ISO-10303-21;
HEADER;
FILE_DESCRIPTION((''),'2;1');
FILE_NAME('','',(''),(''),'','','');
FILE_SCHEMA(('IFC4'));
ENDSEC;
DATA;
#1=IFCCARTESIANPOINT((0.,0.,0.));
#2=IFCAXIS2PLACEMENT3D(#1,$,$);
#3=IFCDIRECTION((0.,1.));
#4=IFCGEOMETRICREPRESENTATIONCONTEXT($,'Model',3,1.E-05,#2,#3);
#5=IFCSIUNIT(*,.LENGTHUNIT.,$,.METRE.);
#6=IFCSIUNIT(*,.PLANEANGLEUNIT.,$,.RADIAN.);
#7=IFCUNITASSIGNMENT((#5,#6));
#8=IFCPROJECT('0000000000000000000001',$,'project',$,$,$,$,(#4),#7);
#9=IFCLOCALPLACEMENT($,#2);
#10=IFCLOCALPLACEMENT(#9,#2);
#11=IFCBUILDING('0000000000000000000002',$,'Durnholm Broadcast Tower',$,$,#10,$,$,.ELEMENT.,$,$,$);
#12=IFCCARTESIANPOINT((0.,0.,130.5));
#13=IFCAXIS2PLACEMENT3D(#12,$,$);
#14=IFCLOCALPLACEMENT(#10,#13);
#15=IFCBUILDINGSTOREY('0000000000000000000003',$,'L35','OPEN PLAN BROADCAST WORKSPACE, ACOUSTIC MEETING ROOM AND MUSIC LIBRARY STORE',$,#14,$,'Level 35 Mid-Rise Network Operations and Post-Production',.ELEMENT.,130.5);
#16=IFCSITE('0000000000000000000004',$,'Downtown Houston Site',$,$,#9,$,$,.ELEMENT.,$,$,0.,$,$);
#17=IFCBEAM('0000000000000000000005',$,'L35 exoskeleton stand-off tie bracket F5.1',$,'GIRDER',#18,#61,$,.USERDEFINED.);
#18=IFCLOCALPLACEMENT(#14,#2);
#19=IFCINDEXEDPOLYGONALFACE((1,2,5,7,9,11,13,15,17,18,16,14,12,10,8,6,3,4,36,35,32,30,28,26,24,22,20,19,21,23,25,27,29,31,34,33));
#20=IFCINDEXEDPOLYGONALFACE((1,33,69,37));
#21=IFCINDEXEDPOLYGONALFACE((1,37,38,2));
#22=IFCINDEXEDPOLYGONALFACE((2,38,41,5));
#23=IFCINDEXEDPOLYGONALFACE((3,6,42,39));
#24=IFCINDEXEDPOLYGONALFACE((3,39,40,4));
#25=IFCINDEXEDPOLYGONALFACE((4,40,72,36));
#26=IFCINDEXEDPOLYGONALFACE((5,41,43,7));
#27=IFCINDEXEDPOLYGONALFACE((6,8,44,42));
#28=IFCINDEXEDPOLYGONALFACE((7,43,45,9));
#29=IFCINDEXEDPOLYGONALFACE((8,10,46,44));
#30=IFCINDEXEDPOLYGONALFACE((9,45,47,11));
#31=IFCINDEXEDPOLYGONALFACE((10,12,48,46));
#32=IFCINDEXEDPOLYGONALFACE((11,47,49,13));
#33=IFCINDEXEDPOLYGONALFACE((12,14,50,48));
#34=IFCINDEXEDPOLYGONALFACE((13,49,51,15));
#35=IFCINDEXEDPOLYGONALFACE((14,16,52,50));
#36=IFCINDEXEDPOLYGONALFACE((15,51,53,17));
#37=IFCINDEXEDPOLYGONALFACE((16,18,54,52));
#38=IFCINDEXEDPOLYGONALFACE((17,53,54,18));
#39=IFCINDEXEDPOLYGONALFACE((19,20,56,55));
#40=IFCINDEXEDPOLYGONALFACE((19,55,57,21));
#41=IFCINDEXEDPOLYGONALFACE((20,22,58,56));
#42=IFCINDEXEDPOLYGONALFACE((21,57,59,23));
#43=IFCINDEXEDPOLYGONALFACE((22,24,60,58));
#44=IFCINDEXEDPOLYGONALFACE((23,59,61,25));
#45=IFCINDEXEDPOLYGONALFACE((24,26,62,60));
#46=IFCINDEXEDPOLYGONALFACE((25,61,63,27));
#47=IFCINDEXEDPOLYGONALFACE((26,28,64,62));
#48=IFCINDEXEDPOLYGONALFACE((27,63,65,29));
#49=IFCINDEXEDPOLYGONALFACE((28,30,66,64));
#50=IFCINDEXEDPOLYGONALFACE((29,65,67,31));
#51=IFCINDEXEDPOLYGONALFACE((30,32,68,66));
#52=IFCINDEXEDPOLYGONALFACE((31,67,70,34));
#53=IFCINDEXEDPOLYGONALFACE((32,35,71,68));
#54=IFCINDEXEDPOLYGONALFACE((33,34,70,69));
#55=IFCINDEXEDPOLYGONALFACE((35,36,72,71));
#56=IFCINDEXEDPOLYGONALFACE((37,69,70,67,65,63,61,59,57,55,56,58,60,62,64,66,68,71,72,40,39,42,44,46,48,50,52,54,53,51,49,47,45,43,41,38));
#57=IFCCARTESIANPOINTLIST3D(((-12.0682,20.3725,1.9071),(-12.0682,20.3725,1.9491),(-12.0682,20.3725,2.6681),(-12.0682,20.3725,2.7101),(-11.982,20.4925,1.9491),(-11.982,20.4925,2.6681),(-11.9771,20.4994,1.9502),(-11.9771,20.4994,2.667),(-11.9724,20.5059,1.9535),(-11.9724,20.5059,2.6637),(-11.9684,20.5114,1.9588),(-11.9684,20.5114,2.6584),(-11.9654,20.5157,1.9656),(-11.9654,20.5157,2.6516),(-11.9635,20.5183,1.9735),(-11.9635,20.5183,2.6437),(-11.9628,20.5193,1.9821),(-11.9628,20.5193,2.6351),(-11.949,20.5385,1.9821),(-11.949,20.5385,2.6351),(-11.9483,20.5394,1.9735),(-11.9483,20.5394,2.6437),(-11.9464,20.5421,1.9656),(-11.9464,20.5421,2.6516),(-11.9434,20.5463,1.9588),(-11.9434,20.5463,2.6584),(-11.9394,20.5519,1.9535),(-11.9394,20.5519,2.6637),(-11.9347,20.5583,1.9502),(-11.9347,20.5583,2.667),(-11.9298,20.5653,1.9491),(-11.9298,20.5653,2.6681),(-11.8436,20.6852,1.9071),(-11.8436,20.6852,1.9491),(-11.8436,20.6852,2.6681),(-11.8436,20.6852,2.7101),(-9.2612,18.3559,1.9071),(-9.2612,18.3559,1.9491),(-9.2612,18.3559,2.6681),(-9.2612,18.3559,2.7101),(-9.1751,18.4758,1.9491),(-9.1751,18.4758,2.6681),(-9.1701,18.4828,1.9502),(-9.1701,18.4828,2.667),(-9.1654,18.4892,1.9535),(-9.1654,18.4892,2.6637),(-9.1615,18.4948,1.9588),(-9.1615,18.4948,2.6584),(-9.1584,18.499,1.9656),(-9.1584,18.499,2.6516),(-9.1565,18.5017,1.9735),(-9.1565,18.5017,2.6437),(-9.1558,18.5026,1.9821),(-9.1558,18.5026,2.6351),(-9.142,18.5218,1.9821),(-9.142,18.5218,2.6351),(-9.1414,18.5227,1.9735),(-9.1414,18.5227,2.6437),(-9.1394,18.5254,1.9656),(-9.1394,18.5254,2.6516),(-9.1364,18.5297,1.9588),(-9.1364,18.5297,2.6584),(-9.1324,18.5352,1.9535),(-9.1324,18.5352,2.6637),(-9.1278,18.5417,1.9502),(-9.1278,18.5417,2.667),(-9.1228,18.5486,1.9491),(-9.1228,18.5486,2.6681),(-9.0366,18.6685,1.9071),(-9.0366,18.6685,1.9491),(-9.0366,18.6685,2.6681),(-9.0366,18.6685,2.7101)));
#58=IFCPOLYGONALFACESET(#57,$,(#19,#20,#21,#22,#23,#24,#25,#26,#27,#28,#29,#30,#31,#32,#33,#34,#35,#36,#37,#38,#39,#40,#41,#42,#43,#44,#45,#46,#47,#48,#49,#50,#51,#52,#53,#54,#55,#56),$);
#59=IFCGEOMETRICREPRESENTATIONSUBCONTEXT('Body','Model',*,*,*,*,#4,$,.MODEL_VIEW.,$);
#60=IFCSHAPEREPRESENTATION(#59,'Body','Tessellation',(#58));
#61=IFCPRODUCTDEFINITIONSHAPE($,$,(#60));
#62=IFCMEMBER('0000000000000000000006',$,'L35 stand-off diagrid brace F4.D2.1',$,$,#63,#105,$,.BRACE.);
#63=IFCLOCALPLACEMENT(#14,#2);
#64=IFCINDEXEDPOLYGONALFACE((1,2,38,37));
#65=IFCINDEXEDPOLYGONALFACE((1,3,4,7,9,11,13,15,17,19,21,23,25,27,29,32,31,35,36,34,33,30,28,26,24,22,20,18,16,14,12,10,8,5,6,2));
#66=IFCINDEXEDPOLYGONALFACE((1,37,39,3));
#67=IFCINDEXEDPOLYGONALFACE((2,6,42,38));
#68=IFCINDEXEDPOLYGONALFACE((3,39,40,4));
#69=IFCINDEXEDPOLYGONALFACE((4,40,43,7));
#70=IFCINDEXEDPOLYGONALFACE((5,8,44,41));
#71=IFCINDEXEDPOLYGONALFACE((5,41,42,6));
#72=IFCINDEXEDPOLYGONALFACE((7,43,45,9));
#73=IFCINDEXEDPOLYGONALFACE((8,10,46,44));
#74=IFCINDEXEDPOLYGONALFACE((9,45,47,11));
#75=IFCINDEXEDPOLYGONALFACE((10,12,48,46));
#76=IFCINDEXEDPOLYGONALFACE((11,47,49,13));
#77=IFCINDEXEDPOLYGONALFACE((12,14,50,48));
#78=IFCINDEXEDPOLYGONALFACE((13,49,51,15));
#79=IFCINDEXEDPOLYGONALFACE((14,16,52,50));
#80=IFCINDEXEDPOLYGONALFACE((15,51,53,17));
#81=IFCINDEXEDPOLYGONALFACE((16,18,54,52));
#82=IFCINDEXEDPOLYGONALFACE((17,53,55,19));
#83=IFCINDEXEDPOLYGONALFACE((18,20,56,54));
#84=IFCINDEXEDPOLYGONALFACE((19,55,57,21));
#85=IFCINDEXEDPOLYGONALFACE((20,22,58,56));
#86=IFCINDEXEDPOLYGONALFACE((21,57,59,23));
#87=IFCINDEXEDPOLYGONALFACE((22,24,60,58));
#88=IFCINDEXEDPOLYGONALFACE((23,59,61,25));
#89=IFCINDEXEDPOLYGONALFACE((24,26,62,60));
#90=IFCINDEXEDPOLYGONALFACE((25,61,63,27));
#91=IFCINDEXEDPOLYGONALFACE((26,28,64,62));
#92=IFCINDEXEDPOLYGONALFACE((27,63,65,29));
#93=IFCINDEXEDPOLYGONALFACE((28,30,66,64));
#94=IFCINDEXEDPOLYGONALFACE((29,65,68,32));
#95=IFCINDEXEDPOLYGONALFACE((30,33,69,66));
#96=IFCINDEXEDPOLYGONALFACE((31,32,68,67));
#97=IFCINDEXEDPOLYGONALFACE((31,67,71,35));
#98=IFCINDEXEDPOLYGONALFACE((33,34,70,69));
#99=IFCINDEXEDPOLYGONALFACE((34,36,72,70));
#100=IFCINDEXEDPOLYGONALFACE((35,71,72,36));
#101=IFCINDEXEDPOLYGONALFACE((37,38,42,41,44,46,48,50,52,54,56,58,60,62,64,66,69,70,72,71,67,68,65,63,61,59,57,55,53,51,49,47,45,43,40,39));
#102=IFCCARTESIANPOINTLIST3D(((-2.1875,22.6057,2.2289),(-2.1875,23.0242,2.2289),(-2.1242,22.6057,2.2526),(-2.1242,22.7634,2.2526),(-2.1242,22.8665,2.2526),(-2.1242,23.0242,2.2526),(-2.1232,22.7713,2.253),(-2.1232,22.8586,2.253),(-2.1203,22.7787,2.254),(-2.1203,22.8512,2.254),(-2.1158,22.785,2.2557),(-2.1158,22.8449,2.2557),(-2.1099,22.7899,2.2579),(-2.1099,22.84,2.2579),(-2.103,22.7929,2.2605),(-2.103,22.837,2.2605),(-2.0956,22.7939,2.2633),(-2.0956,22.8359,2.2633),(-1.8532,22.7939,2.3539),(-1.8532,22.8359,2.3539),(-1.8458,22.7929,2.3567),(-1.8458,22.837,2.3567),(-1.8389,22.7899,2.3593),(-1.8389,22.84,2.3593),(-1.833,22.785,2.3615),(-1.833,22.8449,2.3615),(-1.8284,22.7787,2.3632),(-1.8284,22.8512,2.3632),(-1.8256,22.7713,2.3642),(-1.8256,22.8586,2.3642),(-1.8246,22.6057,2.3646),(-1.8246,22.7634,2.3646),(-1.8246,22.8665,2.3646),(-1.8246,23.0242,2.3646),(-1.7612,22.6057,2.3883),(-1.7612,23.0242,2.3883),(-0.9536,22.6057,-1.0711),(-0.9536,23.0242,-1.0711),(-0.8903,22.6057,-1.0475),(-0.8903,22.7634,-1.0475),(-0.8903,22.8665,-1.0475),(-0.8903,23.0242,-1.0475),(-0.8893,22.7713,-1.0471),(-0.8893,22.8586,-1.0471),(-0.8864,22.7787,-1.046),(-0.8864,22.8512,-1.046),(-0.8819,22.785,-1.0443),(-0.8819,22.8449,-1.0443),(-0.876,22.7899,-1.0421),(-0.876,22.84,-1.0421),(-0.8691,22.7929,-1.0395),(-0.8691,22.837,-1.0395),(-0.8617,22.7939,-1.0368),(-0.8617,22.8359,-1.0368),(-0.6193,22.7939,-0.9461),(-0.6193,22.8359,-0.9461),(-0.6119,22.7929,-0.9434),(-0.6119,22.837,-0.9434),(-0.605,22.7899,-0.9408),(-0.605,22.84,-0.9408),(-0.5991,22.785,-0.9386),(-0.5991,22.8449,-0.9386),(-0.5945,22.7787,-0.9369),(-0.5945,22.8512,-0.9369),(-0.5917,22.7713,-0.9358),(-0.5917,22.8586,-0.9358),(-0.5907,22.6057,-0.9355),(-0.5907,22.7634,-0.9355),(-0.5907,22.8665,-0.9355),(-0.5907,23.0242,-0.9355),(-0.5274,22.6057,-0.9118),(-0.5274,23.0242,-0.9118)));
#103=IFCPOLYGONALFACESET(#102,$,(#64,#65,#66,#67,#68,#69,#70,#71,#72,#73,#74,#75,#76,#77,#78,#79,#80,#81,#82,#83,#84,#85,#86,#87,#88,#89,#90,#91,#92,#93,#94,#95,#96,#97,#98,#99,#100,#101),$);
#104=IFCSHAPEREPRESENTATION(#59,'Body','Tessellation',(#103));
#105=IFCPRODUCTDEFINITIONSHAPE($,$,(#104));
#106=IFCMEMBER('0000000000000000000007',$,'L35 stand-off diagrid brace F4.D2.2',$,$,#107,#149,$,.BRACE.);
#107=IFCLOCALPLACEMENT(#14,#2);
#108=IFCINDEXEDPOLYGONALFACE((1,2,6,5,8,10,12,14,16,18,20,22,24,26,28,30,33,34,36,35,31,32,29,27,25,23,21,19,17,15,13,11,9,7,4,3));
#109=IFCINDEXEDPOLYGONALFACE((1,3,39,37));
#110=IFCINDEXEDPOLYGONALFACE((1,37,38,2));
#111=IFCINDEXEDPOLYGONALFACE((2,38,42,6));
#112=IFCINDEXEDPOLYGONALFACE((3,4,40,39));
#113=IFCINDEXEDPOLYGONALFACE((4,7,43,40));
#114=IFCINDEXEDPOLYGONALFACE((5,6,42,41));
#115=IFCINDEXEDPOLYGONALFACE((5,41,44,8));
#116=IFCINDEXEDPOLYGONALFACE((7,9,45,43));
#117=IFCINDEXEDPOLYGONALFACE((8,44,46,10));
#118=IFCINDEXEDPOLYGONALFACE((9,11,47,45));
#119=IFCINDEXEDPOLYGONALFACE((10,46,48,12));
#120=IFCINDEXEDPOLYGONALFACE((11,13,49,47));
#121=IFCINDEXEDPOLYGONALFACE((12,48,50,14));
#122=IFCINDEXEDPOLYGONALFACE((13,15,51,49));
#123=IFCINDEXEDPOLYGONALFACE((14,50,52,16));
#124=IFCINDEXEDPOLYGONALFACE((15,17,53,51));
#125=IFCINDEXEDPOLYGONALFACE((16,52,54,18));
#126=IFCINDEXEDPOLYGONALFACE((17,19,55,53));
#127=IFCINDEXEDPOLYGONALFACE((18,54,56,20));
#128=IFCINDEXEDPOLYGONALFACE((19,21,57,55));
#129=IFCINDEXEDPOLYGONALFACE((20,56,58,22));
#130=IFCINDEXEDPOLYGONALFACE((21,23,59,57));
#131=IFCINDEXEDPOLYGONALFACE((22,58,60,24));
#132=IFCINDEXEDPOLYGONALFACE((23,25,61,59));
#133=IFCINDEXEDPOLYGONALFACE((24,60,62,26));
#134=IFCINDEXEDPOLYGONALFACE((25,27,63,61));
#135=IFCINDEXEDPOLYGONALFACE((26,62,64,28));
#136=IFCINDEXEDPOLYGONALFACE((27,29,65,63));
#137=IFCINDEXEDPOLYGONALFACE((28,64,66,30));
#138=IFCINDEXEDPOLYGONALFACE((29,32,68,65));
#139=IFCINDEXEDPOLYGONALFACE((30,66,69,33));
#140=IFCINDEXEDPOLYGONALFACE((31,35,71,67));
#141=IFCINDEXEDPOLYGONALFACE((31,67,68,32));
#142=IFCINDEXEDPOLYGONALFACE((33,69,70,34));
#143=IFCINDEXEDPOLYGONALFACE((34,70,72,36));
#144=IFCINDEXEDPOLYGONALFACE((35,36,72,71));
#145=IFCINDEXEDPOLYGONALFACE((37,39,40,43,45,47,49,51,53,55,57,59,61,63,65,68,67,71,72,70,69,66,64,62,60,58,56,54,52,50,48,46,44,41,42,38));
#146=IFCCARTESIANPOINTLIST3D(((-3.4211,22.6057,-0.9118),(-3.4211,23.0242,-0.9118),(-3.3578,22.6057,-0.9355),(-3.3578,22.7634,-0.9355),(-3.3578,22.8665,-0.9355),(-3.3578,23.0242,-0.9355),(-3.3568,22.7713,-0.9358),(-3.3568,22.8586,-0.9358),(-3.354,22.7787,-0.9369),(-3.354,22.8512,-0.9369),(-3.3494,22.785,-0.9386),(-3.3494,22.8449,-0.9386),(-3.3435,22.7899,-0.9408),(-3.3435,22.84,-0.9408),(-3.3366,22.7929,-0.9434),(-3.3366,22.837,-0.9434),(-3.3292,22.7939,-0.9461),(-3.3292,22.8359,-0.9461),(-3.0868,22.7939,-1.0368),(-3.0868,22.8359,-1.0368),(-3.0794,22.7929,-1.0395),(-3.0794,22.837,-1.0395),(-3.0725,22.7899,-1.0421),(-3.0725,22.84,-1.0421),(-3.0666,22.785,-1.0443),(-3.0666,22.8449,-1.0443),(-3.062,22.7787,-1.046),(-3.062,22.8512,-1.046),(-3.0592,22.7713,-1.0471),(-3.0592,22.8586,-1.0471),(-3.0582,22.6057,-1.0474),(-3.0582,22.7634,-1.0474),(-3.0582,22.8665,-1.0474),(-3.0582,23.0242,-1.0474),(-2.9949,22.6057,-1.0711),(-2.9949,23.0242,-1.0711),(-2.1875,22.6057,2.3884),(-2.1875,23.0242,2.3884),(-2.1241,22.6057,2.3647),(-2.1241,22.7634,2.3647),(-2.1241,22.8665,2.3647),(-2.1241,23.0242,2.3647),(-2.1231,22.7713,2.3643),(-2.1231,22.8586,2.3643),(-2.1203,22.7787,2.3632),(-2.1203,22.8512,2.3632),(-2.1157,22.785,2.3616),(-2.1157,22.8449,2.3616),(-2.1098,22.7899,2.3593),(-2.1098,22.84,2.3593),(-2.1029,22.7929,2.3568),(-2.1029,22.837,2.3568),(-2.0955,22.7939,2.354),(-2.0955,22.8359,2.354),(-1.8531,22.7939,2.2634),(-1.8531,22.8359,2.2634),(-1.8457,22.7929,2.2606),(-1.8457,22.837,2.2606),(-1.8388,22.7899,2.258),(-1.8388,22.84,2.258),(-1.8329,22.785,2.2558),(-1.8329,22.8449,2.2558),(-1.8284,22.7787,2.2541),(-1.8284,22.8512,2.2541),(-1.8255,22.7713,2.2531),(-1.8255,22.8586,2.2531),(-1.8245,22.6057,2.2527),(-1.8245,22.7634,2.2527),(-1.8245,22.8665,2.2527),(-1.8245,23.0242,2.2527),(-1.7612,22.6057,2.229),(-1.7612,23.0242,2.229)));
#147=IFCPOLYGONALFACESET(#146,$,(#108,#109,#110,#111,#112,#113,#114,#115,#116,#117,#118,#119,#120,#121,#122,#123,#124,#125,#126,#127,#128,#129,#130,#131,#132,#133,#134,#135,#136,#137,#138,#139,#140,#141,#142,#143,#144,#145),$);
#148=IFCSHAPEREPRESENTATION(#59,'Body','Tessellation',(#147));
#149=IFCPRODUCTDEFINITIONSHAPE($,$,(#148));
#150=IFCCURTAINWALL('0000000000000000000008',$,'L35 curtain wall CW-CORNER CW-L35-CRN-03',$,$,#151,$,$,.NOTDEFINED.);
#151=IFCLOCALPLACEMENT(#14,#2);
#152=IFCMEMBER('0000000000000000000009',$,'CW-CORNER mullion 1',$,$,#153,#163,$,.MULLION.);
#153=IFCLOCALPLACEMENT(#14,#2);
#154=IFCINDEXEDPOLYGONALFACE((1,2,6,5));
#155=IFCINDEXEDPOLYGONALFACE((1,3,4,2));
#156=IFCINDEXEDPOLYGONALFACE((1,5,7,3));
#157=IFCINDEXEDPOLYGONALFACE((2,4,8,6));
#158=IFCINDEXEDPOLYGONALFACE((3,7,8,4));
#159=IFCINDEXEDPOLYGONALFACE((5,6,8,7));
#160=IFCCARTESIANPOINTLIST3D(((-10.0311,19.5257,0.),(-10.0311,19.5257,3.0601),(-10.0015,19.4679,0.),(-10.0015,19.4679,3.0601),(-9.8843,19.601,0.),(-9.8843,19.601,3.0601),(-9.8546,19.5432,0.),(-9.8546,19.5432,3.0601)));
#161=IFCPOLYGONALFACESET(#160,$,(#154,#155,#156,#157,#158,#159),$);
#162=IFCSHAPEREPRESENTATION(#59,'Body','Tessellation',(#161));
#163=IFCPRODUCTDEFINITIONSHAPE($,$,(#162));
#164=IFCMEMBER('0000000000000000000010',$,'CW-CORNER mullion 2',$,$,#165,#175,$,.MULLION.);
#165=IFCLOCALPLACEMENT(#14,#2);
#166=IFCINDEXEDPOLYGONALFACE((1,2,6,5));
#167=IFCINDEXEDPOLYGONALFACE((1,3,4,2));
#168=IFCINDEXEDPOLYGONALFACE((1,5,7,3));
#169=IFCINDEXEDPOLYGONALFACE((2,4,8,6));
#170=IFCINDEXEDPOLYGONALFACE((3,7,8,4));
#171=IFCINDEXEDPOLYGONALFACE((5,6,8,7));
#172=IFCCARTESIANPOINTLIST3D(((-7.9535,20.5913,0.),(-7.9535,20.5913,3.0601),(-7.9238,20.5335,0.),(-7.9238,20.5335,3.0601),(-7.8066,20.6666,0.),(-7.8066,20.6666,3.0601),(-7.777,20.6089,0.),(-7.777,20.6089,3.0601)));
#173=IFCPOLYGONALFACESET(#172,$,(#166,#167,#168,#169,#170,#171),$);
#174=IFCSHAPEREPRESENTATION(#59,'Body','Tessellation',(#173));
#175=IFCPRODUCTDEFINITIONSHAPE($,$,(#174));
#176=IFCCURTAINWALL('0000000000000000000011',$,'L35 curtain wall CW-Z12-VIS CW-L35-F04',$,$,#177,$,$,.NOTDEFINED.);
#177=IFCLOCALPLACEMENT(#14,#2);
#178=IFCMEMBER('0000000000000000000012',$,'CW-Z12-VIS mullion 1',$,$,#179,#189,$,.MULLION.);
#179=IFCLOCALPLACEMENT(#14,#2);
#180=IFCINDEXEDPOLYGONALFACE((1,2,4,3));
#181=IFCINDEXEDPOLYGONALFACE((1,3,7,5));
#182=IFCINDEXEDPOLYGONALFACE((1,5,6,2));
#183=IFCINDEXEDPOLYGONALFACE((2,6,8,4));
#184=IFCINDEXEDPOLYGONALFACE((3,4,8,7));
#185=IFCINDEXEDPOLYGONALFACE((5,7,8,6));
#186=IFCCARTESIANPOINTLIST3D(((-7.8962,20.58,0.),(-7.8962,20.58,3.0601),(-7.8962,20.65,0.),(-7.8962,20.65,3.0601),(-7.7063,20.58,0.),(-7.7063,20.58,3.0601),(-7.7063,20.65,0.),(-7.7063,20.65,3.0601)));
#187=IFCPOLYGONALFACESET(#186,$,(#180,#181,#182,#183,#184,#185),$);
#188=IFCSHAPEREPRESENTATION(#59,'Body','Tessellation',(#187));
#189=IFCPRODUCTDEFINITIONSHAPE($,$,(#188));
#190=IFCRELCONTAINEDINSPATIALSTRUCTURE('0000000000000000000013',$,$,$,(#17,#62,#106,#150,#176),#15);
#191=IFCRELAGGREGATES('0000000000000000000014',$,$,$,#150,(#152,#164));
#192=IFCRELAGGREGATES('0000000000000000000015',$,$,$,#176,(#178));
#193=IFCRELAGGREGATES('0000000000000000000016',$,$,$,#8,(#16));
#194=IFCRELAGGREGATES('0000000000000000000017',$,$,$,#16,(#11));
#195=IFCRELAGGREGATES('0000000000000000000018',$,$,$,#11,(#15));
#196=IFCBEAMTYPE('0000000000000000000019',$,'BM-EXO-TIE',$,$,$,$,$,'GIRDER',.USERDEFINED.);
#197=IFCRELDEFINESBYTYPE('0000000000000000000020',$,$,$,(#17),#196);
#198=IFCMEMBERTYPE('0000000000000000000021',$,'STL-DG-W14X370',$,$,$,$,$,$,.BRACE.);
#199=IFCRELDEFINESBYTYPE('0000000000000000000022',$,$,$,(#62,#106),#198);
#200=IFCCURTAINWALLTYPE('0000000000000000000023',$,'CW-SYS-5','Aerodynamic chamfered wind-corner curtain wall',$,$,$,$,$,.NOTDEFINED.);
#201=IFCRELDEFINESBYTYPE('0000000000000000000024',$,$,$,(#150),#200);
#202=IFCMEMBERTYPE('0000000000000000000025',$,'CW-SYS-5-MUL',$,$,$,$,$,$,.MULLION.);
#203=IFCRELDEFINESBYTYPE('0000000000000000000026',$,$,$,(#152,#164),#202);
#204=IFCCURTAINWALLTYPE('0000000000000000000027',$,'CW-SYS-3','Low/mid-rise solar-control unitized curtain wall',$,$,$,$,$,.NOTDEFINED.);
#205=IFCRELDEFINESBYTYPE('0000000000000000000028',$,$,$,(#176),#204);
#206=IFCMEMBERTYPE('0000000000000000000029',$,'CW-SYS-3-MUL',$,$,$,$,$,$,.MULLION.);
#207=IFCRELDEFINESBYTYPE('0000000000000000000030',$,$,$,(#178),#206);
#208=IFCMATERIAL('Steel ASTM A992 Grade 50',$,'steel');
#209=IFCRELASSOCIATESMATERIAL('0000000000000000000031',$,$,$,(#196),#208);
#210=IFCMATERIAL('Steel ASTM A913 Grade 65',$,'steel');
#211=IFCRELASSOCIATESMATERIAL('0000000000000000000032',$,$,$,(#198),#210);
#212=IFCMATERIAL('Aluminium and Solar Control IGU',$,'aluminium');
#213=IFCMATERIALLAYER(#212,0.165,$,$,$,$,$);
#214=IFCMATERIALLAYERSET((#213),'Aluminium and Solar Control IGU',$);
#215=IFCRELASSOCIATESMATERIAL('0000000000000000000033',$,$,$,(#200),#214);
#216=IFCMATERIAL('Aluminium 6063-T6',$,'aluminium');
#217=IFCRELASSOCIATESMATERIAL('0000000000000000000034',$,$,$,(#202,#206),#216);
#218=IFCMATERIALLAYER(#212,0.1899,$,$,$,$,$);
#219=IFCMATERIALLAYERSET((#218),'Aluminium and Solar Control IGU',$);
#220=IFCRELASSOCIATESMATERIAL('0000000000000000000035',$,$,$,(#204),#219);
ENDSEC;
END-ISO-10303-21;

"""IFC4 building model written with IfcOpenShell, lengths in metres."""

from ifc_helpers import new_model, si_unit, direction, frame, origin, origin_2d, place, context, subcontext, project, spatial, rectangle, i_section, extrude, source, transform, mapped, material, layer, layer_set, material_profile, profile_set, type_object, type_shapes, element, aggregate, save


model = new_model("IFC4")

# Units and contexts
model_context = context("Model", 3, precision=1e-05, world=origin(), true_north=direction((0.0, 1.0)))
body_context = subcontext(model_context, "Body", "Model", "MODEL_VIEW")
ifc_project = project(units=[si_unit("LENGTHUNIT", "METRE"), si_unit("PLANEANGLEUNIT", "RADIAN")], contexts=[model_context])

# Site, building, storey
site_placement = place(None, origin())
site = spatial("IfcSite", under=ifc_project, at=site_placement, Name="Downtown Houston Site", CompositionType="ELEMENT", RefElevation=0.0)
building_placement = place(site_placement, origin())
building = spatial("IfcBuilding", under=site, at=building_placement, Name="Durnholm Broadcast Tower", CompositionType="ELEMENT")
storey_placement = place(building_placement, frame((0.0, 0.0, 130.5)))
storey = spatial("IfcBuildingStorey", under=building, at=storey_placement, Name="L35", Description="OPEN PLAN BROADCAST WORKSPACE, ACOUSTIC MEETING ROOM AND MUSIC LIBRARY STORE", LongName="Level 35 Mid-Rise Network Operations and Post-Production", CompositionType="ELEMENT", Elevation=130.5)

# Beam
ifc_material_1 = material(Name="Steel ASTM A992 Grade 50", Category="steel")
ifc_material_profile_1 = material_profile(ifc_material_1, i_section(OverallWidth=0.385, OverallDepth=0.803, WebThickness=0.0237, FlangeThickness=0.042, FilletRadius=0.033, at=origin_2d()), Name="W30X261")
ifc_profile_set_1 = profile_set([ifc_material_profile_1], Name="Steel ASTM A992 Grade 50")
beam_type_1 = type_object("IfcBeamType", Name="BM-EXO-TIE", ElementType="GIRDER", PredefinedType="USERDEFINED", material=ifc_profile_set_1)
shared_shape_1 = source(origin(), body_context, "Body", "SweptSolid", [
    extrude(i_section(OverallWidth=0.385, OverallDepth=0.803, WebThickness=0.0237, FlangeThickness=0.042, FilletRadius=0.033, at=origin_2d()), origin(), (0.0, 0.0, 1.0), 3.4563),
])
beam_1_placement = place(storey_placement, frame((-9.1489, 18.5122, 2.3086), z_axis=(-0.812131, 0.583474, 0.0), x_axis=(-0.583474, -0.812131, 0.0)))
element("IfcBeam", 1, at=beam_1_placement, inside=storey, type_object=beam_type_1, Name="L35 exoskeleton stand-off tie bracket F5.1", ObjectType="GIRDER", PredefinedType="USERDEFINED", context=body_context, shape_type="MappedRepresentation", body=[
    mapped(shared_shape_1, transform((0.0, 0.0, 0.0), x_axis=(1.0, 0.0, 0.0), y_axis=(0.0, 1.0, 0.0), z_axis=(0.0, 0.0, 1.0), scale=1.0)),
])

# Members
ifc_material_2 = material(Name="Steel ASTM A913 Grade 65", Category="steel")
ifc_material_profile_2 = material_profile(ifc_material_2, i_section(OverallWidth=0.4185, OverallDepth=0.4551, WebThickness=0.042, FlangeThickness=0.0676, FilletRadius=0.0305, at=origin_2d()), Name="W14X370")
ifc_profile_set_2 = profile_set([ifc_material_profile_2], Name="Steel ASTM A913 Grade 65")
member_type_1 = type_object("IfcMemberType", Name="STL-DG-W14X370", PredefinedType="BRACE", material=ifc_profile_set_2)
shared_shape_2 = source(origin(), body_context, "Body", "SweptSolid", [
    extrude(i_section(OverallWidth=0.4185, OverallDepth=0.4551, WebThickness=0.042, FlangeThickness=0.0676, FilletRadius=0.0305, at=origin_2d()), origin(), (0.0, 0.0, 1.0), 3.5232),
])
type_shapes(member_type_1, [shared_shape_2])
for number, where, z_axis, x_axis, name in (
    (2, (-0.7405, 22.8149, -0.9915), (-0.35022, 0.0, 0.936668), (0.0, -1.0, 0.0), "L35 stand-off diagrid brace F4.D2.1"),
    (3, (-3.208, 22.8149, -0.9915), (0.350159, 0.0, 0.93669), (0.0, 1.0, 0.0), "L35 stand-off diagrid brace F4.D2.2"),
):
    element("IfcMember", number, at=place(storey_placement, frame(where, z_axis=z_axis, x_axis=x_axis)), inside=storey, type_object=member_type_1, Name=name, PredefinedType="BRACE", context=body_context, shape_type="MappedRepresentation", body=[
        mapped(shared_shape_2, transform((0.0, 0.0, 0.0), x_axis=(1.0, 0.0, 0.0), y_axis=(0.0, 1.0, 0.0), z_axis=(0.0, 0.0, 1.0), scale=1.0)),
    ])

# Curtain wall, members
ifc_material_3 = material(Name="Aluminium and Solar Control IGU", Category="aluminium")
ifc_layer_1 = layer(ifc_material_3, 0.165)
ifc_layer_set_1 = layer_set([ifc_layer_1], Name="Aluminium and Solar Control IGU")
curtain_wall_type_1 = type_object("IfcCurtainWallType", Name="CW-SYS-5", Description="Aerodynamic chamfered wind-corner curtain wall", PredefinedType="NOTDEFINED", material=ifc_layer_set_1)
curtain_wall_1_placement = place(storey_placement, origin())
curtain_wall_1 = element("IfcCurtainWall", 4, at=curtain_wall_1_placement, inside=storey, type_object=curtain_wall_type_1, Name="L35 curtain wall CW-CORNER CW-L35-CRN-03", PredefinedType="NOTDEFINED")
ifc_material_4 = material(Name="Aluminium 6063-T6", Category="aluminium")
ifc_material_profile_3 = material_profile(ifc_material_4, rectangle(XDim=0.0649, YDim=0.165, at=origin_2d()), Name="CWM65X165")
ifc_profile_set_3 = profile_set([ifc_material_profile_3], Name="Aluminium 6063-T6")
member_type_2 = type_object("IfcMemberType", Name="CW-SYS-5-MUL", PredefinedType="MULLION", material=ifc_profile_set_3)
shared_shape_3 = source(origin(), body_context, "Body", "SweptSolid", [
    extrude(rectangle(XDim=0.0649, YDim=0.165, at=origin_2d()), origin(), (0.0, 0.0, 1.0), 3.0601),
])
type_shapes(member_type_2, [shared_shape_3])
member_1_placement = place(storey_placement, frame((-9.9429, 19.5344, 0.0), z_axis=(0.0, 0.0, 1.0), x_axis=(-0.456373, 0.889788, 0.0)))
member_1 = element("IfcMember", 5, at=member_1_placement, type_object=member_type_2, Name="CW-CORNER mullion 1", PredefinedType="MULLION", context=body_context, shape_type="MappedRepresentation", body=[
    mapped(shared_shape_3, transform((0.0, 0.0, 0.0), x_axis=(1.0, 0.0, 0.0), y_axis=(0.0, 1.0, 0.0), z_axis=(0.0, 0.0, 1.0), scale=1.0)),
])
member_2_placement = place(storey_placement, frame((-7.8652, 20.6001, 0.0), z_axis=(0.0, 0.0, 1.0), x_axis=(-0.456373, 0.889788, 0.0)))
member_2 = element("IfcMember", 6, at=member_2_placement, type_object=member_type_2, Name="CW-CORNER mullion 2", PredefinedType="MULLION", context=body_context, shape_type="MappedRepresentation", body=[
    mapped(shared_shape_3, transform((0.0, 0.0, 0.0), x_axis=(1.0, 0.0, 0.0), y_axis=(0.0, 1.0, 0.0), z_axis=(0.0, 0.0, 1.0), scale=1.0)),
])

# Curtain wall, member
ifc_layer_2 = layer(ifc_material_3, 0.1899)
ifc_layer_set_2 = layer_set([ifc_layer_2], Name="Aluminium and Solar Control IGU")
curtain_wall_type_2 = type_object("IfcCurtainWallType", Name="CW-SYS-3", Description="Low/mid-rise solar-control unitized curtain wall", PredefinedType="NOTDEFINED", material=ifc_layer_set_2)
curtain_wall_2_placement = place(storey_placement, origin())
curtain_wall_2 = element("IfcCurtainWall", 7, at=curtain_wall_2_placement, inside=storey, type_object=curtain_wall_type_2, Name="L35 curtain wall CW-Z12-VIS CW-L35-F04", PredefinedType="NOTDEFINED")
ifc_material_profile_4 = material_profile(ifc_material_4, rectangle(XDim=0.0701, YDim=0.1899, at=origin_2d()), Name="CWM70X190")
ifc_profile_set_4 = profile_set([ifc_material_profile_4], Name="Aluminium 6063-T6")
member_type_3 = type_object("IfcMemberType", Name="CW-SYS-3-MUL", PredefinedType="MULLION", material=ifc_profile_set_4)
shared_shape_4 = source(origin(), body_context, "Body", "SweptSolid", [
    extrude(rectangle(XDim=0.0701, YDim=0.1899, at=origin_2d()), origin(), (0.0, 0.0, 1.0), 3.0601),
])
type_shapes(member_type_3, [shared_shape_4])
member_3_placement = place(storey_placement, frame((-7.8013, 20.615, 0.0), z_axis=(0.0, 0.0, 1.0), x_axis=(0.0, 1.0, 0.0)))
member_3 = element("IfcMember", 8, at=member_3_placement, type_object=member_type_3, Name="CW-Z12-VIS mullion 1", PredefinedType="MULLION", context=body_context, shape_type="MappedRepresentation", body=[
    mapped(shared_shape_4, transform((0.0, 0.0, 0.0), x_axis=(1.0, 0.0, 0.0), y_axis=(0.0, 1.0, 0.0), z_axis=(0.0, 0.0, 1.0), scale=1.0)),
])

aggregate(curtain_wall_1, [member_1, member_2])
aggregate(curtain_wall_2, [member_3])

save(model, "model.ifc")
